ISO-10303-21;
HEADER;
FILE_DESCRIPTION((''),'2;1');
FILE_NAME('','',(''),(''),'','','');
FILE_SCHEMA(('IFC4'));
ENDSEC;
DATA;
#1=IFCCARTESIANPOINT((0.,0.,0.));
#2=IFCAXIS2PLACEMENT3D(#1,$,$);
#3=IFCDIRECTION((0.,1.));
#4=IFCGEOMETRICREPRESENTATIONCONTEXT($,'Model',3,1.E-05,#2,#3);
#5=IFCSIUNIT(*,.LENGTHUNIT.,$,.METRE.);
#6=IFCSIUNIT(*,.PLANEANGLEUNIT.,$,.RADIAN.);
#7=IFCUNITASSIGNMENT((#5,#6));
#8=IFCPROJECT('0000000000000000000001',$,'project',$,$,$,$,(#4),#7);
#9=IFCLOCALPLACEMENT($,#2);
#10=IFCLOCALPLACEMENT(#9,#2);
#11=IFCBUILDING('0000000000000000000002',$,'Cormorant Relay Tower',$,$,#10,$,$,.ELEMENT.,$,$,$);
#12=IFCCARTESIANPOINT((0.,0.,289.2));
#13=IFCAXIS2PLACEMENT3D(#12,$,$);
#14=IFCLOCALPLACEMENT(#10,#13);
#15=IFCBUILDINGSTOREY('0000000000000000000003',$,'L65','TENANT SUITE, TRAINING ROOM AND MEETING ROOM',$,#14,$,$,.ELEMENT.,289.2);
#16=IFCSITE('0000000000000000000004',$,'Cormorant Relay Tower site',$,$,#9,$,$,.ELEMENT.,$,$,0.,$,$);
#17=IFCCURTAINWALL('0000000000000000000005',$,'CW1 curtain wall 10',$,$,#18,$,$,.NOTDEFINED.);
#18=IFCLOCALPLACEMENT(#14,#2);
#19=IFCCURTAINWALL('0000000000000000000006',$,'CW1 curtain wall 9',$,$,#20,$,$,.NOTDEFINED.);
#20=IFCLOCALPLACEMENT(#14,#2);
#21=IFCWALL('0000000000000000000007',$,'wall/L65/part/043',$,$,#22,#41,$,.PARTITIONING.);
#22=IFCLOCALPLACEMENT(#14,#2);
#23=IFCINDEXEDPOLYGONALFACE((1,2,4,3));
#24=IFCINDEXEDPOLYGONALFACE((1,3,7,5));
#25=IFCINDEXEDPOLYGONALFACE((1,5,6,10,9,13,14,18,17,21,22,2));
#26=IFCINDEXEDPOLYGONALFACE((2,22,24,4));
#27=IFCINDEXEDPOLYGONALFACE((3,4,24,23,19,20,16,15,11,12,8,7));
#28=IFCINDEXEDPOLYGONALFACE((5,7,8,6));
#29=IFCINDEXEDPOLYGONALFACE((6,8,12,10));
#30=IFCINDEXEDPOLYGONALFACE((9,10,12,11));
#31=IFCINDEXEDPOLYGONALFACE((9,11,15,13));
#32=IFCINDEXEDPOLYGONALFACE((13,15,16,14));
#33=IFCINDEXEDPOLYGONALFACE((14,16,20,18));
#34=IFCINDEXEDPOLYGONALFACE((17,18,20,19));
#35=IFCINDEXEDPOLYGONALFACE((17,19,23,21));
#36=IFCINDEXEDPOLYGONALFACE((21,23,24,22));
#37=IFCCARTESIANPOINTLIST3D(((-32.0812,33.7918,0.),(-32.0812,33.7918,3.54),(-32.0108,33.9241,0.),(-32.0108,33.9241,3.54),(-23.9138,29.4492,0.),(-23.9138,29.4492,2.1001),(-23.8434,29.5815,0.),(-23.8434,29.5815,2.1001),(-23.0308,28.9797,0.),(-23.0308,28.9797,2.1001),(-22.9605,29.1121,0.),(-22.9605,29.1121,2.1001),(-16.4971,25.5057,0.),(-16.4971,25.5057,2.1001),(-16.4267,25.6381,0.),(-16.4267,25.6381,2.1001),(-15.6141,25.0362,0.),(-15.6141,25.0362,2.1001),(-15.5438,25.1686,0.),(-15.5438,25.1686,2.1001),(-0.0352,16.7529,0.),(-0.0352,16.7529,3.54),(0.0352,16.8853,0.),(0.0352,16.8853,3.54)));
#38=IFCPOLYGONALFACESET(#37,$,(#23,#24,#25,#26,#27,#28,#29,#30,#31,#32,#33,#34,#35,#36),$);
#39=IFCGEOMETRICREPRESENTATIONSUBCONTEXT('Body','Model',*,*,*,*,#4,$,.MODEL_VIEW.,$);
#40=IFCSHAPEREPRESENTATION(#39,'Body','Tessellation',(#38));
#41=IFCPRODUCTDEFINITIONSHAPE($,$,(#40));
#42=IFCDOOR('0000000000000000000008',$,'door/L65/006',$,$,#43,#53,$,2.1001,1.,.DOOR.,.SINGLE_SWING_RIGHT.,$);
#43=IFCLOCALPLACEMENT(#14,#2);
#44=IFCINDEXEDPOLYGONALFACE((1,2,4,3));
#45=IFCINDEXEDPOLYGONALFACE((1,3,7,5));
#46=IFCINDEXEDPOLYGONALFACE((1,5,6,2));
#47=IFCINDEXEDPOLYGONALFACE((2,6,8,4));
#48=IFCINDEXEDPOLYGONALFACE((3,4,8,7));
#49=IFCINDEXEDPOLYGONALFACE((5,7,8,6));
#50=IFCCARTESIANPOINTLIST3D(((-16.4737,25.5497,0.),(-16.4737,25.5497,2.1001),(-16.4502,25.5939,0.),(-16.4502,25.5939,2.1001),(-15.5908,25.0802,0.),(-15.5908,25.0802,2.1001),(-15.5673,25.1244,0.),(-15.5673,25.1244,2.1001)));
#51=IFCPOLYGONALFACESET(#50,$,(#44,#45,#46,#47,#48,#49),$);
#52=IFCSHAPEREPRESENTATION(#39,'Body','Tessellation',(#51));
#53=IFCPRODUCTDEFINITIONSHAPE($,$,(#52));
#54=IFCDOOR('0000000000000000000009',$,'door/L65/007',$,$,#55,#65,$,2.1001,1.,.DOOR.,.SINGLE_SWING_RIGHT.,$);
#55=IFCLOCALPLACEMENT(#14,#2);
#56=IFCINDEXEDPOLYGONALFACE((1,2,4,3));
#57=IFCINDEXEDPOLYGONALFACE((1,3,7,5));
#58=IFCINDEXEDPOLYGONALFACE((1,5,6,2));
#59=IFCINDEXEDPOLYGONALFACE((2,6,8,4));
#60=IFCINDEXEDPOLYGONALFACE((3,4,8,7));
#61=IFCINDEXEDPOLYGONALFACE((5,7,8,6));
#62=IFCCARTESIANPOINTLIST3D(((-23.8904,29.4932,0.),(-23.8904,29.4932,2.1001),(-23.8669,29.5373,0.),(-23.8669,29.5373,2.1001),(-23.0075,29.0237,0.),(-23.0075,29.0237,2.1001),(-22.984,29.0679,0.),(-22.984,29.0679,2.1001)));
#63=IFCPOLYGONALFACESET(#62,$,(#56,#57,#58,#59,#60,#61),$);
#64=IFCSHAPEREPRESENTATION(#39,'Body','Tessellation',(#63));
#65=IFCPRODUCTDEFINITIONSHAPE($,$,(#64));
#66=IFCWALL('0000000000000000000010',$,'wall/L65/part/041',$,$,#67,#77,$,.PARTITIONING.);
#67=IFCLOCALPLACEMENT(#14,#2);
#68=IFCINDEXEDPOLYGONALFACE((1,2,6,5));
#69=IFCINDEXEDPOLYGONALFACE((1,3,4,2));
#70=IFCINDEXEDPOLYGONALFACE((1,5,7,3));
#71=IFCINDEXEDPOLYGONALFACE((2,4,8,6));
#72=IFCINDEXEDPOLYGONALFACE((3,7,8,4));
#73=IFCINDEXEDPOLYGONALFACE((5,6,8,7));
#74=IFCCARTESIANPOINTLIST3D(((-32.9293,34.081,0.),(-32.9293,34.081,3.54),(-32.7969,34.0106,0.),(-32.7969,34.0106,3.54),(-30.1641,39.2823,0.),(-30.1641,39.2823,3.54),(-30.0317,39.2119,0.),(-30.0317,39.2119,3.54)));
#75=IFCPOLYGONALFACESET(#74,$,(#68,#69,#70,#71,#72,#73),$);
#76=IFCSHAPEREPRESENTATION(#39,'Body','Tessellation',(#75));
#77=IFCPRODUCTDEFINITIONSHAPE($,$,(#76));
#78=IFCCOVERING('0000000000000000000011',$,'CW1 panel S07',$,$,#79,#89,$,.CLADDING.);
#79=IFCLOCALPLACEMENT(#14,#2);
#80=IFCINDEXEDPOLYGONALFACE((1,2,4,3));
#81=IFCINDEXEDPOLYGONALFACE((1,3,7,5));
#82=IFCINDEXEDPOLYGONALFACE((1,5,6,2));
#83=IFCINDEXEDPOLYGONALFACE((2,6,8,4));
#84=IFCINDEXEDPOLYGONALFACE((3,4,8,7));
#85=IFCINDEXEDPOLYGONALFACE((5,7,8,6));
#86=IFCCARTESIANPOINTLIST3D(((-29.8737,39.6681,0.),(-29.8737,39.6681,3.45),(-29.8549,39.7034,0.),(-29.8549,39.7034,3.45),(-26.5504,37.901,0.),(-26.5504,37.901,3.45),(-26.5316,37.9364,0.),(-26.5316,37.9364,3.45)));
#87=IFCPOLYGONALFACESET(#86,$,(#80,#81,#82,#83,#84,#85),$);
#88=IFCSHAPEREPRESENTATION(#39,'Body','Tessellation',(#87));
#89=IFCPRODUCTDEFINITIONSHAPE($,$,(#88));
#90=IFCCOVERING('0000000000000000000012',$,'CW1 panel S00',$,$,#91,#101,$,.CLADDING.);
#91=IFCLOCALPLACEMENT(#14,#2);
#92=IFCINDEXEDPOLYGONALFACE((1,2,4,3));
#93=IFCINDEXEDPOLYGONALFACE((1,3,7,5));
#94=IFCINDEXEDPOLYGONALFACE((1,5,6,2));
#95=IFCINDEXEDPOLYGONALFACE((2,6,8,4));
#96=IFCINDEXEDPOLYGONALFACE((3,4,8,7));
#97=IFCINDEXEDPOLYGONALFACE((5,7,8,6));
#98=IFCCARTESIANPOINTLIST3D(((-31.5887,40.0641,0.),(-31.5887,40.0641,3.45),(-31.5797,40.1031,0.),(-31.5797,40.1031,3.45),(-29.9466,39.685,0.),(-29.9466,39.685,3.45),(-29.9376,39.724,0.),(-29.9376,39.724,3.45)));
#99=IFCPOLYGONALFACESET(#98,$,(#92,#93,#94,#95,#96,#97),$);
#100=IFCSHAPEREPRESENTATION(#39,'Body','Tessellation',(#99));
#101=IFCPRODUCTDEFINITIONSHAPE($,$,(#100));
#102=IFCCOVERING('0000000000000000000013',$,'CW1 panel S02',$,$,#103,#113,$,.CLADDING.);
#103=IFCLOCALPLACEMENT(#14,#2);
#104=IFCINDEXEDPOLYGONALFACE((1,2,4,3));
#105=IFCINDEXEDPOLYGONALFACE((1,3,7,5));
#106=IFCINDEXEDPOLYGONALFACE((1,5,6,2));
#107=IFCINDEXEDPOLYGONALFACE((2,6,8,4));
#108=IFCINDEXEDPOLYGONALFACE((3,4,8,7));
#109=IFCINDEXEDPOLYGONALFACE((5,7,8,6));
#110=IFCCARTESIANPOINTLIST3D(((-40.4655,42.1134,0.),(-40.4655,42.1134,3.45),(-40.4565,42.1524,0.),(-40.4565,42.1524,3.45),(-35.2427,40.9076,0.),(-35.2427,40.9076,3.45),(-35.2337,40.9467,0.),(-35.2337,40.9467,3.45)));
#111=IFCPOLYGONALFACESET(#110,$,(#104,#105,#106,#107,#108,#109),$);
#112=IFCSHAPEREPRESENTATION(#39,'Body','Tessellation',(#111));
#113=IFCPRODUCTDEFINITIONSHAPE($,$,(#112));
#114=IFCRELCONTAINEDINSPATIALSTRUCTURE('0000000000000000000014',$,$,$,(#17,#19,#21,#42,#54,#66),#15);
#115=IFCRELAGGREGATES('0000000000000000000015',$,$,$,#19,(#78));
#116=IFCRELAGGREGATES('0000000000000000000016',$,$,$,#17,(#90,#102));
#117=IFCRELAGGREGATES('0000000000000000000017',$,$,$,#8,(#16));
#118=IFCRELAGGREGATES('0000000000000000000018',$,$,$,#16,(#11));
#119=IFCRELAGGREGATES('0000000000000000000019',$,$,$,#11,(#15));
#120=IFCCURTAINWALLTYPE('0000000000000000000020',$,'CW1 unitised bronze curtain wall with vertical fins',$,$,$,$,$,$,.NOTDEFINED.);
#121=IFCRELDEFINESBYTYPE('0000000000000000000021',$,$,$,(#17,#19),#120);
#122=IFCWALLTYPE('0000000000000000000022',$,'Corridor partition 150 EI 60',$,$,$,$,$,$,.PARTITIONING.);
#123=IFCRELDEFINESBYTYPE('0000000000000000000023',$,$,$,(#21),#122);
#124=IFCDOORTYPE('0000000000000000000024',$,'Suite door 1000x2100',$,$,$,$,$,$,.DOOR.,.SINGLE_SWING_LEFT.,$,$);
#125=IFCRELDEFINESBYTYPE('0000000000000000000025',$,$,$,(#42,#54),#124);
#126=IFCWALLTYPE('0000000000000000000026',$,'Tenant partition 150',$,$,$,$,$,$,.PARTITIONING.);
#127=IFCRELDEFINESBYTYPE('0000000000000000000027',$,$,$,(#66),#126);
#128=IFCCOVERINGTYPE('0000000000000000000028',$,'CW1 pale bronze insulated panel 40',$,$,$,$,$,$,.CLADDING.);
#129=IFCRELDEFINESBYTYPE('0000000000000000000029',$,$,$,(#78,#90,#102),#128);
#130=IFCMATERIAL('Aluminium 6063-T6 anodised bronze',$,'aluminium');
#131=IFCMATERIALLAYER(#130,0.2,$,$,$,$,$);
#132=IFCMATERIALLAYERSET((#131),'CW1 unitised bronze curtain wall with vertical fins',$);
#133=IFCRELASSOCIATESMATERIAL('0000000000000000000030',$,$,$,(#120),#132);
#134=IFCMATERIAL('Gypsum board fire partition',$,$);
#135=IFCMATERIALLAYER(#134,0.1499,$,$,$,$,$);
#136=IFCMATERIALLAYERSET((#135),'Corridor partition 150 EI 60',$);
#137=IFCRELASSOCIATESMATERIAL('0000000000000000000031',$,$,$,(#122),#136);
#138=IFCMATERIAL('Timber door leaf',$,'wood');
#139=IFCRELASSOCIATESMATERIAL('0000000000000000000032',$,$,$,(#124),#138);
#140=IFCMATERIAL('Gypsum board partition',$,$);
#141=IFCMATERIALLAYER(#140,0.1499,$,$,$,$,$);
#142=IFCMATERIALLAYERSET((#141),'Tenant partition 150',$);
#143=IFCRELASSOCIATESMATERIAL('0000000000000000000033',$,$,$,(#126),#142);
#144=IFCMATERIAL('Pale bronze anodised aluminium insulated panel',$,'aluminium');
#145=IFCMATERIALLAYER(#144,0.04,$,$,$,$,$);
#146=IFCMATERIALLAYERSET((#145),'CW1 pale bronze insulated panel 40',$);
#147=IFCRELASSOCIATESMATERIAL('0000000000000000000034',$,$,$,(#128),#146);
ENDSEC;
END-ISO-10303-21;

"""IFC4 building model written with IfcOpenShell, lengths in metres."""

from ifc_helpers import new_model, si_unit, direction, frame, frame_2d, origin, origin_2d, place, context, subcontext, project, spatial, rectangle, extrude, material, layer, layer_set, type_object, element, fill, aggregate, save


model = new_model("IFC4")

# Units and contexts
model_context = context("Model", 3, precision=1e-05, world=origin(), true_north=direction((0.0, 1.0)))
body_context = subcontext(model_context, "Body", "Model", "MODEL_VIEW")
ifc_project = project(units=[si_unit("LENGTHUNIT", "METRE"), si_unit("PLANEANGLEUNIT", "RADIAN")], contexts=[model_context])

# Site, building, storey
site_placement = place(None, origin())
site = spatial("IfcSite", under=ifc_project, at=site_placement, Name="Cormorant Relay Tower site", CompositionType="ELEMENT", RefElevation=0.0)
building_placement = place(site_placement, origin())
building = spatial("IfcBuilding", under=site, at=building_placement, Name="Cormorant Relay Tower", CompositionType="ELEMENT")
storey_placement = place(building_placement, frame((0.0, 0.0, 289.2)))
storey = spatial("IfcBuildingStorey", under=building, at=storey_placement, Name="L65", Description="TENANT SUITE, TRAINING ROOM AND MEETING ROOM", CompositionType="ELEMENT", Elevation=289.2)

# Curtain wall
ifc_material_1 = material(Name="Aluminium 6063-T6 anodised bronze", Category="aluminium")
ifc_layer_1 = layer(ifc_material_1, 0.2)
ifc_layer_set_1 = layer_set([ifc_layer_1], Name="CW1 unitised bronze curtain wall with vertical fins")
curtain_wall_type = type_object("IfcCurtainWallType", Name="CW1 unitised bronze curtain wall with vertical fins", PredefinedType="NOTDEFINED", material=ifc_layer_set_1)
curtain_wall_1_placement = place(storey_placement, origin())
curtain_wall_1 = element("IfcCurtainWall", 1, at=curtain_wall_1_placement, inside=storey, type_object=curtain_wall_type, Name="CW1 curtain wall 10", PredefinedType="NOTDEFINED")

# Curtain wall
curtain_wall_2_placement = place(storey_placement, origin())
curtain_wall_2 = element("IfcCurtainWall", 2, at=curtain_wall_2_placement, inside=storey, type_object=curtain_wall_type, Name="CW1 curtain wall 9", PredefinedType="NOTDEFINED")

# Shared definitions
ifc_material_2 = material(Name="Gypsum board fire partition")
ifc_layer_2 = layer(ifc_material_2, 0.1499)
ifc_layer_set_2 = layer_set([ifc_layer_2], Name="Corridor partition 150 EI 60")
wall_type_1 = type_object("IfcWallType", Name="Corridor partition 150 EI 60", PredefinedType="PARTITIONING", material=ifc_layer_set_2)

# Shared definitions
ifc_material_3 = material(Name="Timber door leaf", Category="wood")
door_type_1 = type_object("IfcDoorType", Name="Suite door 1000x2100", OperationType="SINGLE_SWING_LEFT", PredefinedType="DOOR", material=ifc_material_3)

# Wall, openings, doors
wall_1_placement = place(storey_placement, frame((-32.0459, 33.8579, 0.0), z_axis=(0.0, 0.0, 1.0), x_axis=(0.882951, -0.469465, 0.0)))
wall_1 = element("IfcWall", 3, at=wall_1_placement, inside=storey, type_object=wall_type_1, Name="wall/L65/part/043", PredefinedType="PARTITIONING", context=body_context, shape_type="SweptSolid", body=[
    extrude(rectangle(XDim=36.2942, YDim=0.1499, at=frame_2d((18.147, 0.0))), origin(), (0.0, 0.0, 1.0), 3.54),
])
opening_1_placement = place(wall_1_placement, frame((17.6499, 0.0, 0.0)))
opening_1 = element("IfcOpeningElement", 4, at=opening_1_placement, cuts=wall_1, PredefinedType="OPENING", context=body_context, shape_type="SweptSolid", body=[
    extrude(rectangle(XDim=1.0, YDim=2.1001, at=frame_2d((0.5, 1.05))), frame((0.0, 0.085, 0.0), z_axis=(0.0, -1.0, 0.0), x_axis=(1.0, 0.0, 0.0)), (0.0, 0.0, 1.0), 0.1699),
])
opening_2_placement = place(wall_1_placement, frame((9.25, 0.0, 0.0)))
opening_2 = element("IfcOpeningElement", 5, at=opening_2_placement, cuts=wall_1, PredefinedType="OPENING", context=body_context, shape_type="SweptSolid", body=[
    extrude(rectangle(XDim=1.0, YDim=2.1001, at=frame_2d((0.5, 1.05))), frame((0.0, 0.085, 0.0), z_axis=(0.0, -1.0, 0.0), x_axis=(1.0, 0.0, 0.0)), (0.0, 0.0, 1.0), 0.1699),
])
door_1_placement = place(opening_1_placement, origin())
door_1 = element("IfcDoor", 6, at=door_1_placement, inside=storey, type_object=door_type_1, Name="door/L65/006", OperationType="SINGLE_SWING_RIGHT", OverallHeight=2.1001, OverallWidth=1.0, PredefinedType="DOOR", context=body_context, shape_type="SweptSolid", body=[
    extrude(rectangle(XDim=1.0, YDim=2.1001, at=frame_2d((0.5, 1.05))), frame((0.0, 0.0249, 0.0), z_axis=(0.0, -1.0, 0.0), x_axis=(1.0, 0.0, 0.0)), (0.0, 0.0, 1.0), 0.05),
])
fill(opening_1, door_1)
door_2_placement = place(opening_2_placement, origin())
door_2 = element("IfcDoor", 7, at=door_2_placement, inside=storey, type_object=door_type_1, Name="door/L65/007", OperationType="SINGLE_SWING_RIGHT", OverallHeight=2.1001, OverallWidth=1.0, PredefinedType="DOOR", context=body_context, shape_type="SweptSolid", body=[
    extrude(rectangle(XDim=1.0, YDim=2.1001, at=frame_2d((0.5, 1.05))), frame((0.0, 0.0249, 0.0), z_axis=(0.0, -1.0, 0.0), x_axis=(1.0, 0.0, 0.0)), (0.0, 0.0, 1.0), 0.05),
])
fill(opening_2, door_2)

# Wall
ifc_material_4 = material(Name="Gypsum board partition")
ifc_layer_3 = layer(ifc_material_4, 0.1499)
ifc_layer_set_3 = layer_set([ifc_layer_3], Name="Tenant partition 150")
wall_type_2 = type_object("IfcWallType", Name="Tenant partition 150", PredefinedType="PARTITIONING", material=ifc_layer_set_3)
wall_2_placement = place(storey_placement, frame((-30.0979, 39.2471, 0.0), z_axis=(0.0, 0.0, 1.0), x_axis=(-0.469422, -0.882974, 0.0)))
element("IfcWall", 8, at=wall_2_placement, inside=storey, type_object=wall_type_2, Name="wall/L65/part/041", PredefinedType="PARTITIONING", context=body_context, shape_type="SweptSolid", body=[
    extrude(rectangle(XDim=5.8906, YDim=0.1499, at=frame_2d((2.9453, 0.0))), origin(), (0.0, 0.0, 1.0), 3.54),
])

# Coverings
ifc_material_5 = material(Name="Pale bronze anodised aluminium insulated panel", Category="aluminium")
ifc_layer_4 = layer(ifc_material_5, 0.04)
ifc_layer_set_4 = layer_set([ifc_layer_4], Name="CW1 pale bronze insulated panel 40")
covering_type = type_object("IfcCoveringType", Name="CW1 pale bronze insulated panel 40", PredefinedType="CLADDING", material=ifc_layer_set_4)
covering_1_placement = place(storey_placement, frame((-28.2026, 38.8022, 0.0), z_axis=(0.0, 0.0, 1.0), x_axis=(-0.882948, 0.469472, 0.0)))
covering_1 = element("IfcCovering", 9, at=covering_1_placement, type_object=covering_type, Name="CW1 panel S07", PredefinedType="CLADDING", context=body_context, shape_type="SweptSolid", body=[
    extrude(rectangle(XDim=3.7639, YDim=0.04, at=origin_2d()), origin(), (0.0, 0.0, 1.0), 3.45),
])
aggregate(curtain_wall_2, [covering_1])
covering_2_placement = place(storey_placement, frame((-30.7632, 39.894, 0.0), z_axis=(0.0, 0.0, 1.0), x_axis=(-0.97437, 0.224951, 0.0)))
covering_2 = element("IfcCovering", 10, at=covering_2_placement, type_object=covering_type, Name="CW1 panel S00", PredefinedType="CLADDING", context=body_context, shape_type="SweptSolid", body=[
    extrude(rectangle(XDim=1.6853, YDim=0.04, at=origin_2d()), origin(), (0.0, 0.0, 1.0), 3.45),
])
covering_3_placement = place(storey_placement, frame((-37.8496, 41.53, 0.0), z_axis=(0.0, 0.0, 1.0), x_axis=(-0.97437, 0.224951, 0.0)))
covering_3 = element("IfcCovering", 11, at=covering_3_placement, type_object=covering_type, Name="CW1 panel S02", PredefinedType="CLADDING", context=body_context, shape_type="SweptSolid", body=[
    extrude(rectangle(XDim=5.3601, YDim=0.04, at=origin_2d()), origin(), (0.0, 0.0, 1.0), 3.45),
])
aggregate(curtain_wall_1, [covering_2, covering_3])

save(model, "model.ifc")
